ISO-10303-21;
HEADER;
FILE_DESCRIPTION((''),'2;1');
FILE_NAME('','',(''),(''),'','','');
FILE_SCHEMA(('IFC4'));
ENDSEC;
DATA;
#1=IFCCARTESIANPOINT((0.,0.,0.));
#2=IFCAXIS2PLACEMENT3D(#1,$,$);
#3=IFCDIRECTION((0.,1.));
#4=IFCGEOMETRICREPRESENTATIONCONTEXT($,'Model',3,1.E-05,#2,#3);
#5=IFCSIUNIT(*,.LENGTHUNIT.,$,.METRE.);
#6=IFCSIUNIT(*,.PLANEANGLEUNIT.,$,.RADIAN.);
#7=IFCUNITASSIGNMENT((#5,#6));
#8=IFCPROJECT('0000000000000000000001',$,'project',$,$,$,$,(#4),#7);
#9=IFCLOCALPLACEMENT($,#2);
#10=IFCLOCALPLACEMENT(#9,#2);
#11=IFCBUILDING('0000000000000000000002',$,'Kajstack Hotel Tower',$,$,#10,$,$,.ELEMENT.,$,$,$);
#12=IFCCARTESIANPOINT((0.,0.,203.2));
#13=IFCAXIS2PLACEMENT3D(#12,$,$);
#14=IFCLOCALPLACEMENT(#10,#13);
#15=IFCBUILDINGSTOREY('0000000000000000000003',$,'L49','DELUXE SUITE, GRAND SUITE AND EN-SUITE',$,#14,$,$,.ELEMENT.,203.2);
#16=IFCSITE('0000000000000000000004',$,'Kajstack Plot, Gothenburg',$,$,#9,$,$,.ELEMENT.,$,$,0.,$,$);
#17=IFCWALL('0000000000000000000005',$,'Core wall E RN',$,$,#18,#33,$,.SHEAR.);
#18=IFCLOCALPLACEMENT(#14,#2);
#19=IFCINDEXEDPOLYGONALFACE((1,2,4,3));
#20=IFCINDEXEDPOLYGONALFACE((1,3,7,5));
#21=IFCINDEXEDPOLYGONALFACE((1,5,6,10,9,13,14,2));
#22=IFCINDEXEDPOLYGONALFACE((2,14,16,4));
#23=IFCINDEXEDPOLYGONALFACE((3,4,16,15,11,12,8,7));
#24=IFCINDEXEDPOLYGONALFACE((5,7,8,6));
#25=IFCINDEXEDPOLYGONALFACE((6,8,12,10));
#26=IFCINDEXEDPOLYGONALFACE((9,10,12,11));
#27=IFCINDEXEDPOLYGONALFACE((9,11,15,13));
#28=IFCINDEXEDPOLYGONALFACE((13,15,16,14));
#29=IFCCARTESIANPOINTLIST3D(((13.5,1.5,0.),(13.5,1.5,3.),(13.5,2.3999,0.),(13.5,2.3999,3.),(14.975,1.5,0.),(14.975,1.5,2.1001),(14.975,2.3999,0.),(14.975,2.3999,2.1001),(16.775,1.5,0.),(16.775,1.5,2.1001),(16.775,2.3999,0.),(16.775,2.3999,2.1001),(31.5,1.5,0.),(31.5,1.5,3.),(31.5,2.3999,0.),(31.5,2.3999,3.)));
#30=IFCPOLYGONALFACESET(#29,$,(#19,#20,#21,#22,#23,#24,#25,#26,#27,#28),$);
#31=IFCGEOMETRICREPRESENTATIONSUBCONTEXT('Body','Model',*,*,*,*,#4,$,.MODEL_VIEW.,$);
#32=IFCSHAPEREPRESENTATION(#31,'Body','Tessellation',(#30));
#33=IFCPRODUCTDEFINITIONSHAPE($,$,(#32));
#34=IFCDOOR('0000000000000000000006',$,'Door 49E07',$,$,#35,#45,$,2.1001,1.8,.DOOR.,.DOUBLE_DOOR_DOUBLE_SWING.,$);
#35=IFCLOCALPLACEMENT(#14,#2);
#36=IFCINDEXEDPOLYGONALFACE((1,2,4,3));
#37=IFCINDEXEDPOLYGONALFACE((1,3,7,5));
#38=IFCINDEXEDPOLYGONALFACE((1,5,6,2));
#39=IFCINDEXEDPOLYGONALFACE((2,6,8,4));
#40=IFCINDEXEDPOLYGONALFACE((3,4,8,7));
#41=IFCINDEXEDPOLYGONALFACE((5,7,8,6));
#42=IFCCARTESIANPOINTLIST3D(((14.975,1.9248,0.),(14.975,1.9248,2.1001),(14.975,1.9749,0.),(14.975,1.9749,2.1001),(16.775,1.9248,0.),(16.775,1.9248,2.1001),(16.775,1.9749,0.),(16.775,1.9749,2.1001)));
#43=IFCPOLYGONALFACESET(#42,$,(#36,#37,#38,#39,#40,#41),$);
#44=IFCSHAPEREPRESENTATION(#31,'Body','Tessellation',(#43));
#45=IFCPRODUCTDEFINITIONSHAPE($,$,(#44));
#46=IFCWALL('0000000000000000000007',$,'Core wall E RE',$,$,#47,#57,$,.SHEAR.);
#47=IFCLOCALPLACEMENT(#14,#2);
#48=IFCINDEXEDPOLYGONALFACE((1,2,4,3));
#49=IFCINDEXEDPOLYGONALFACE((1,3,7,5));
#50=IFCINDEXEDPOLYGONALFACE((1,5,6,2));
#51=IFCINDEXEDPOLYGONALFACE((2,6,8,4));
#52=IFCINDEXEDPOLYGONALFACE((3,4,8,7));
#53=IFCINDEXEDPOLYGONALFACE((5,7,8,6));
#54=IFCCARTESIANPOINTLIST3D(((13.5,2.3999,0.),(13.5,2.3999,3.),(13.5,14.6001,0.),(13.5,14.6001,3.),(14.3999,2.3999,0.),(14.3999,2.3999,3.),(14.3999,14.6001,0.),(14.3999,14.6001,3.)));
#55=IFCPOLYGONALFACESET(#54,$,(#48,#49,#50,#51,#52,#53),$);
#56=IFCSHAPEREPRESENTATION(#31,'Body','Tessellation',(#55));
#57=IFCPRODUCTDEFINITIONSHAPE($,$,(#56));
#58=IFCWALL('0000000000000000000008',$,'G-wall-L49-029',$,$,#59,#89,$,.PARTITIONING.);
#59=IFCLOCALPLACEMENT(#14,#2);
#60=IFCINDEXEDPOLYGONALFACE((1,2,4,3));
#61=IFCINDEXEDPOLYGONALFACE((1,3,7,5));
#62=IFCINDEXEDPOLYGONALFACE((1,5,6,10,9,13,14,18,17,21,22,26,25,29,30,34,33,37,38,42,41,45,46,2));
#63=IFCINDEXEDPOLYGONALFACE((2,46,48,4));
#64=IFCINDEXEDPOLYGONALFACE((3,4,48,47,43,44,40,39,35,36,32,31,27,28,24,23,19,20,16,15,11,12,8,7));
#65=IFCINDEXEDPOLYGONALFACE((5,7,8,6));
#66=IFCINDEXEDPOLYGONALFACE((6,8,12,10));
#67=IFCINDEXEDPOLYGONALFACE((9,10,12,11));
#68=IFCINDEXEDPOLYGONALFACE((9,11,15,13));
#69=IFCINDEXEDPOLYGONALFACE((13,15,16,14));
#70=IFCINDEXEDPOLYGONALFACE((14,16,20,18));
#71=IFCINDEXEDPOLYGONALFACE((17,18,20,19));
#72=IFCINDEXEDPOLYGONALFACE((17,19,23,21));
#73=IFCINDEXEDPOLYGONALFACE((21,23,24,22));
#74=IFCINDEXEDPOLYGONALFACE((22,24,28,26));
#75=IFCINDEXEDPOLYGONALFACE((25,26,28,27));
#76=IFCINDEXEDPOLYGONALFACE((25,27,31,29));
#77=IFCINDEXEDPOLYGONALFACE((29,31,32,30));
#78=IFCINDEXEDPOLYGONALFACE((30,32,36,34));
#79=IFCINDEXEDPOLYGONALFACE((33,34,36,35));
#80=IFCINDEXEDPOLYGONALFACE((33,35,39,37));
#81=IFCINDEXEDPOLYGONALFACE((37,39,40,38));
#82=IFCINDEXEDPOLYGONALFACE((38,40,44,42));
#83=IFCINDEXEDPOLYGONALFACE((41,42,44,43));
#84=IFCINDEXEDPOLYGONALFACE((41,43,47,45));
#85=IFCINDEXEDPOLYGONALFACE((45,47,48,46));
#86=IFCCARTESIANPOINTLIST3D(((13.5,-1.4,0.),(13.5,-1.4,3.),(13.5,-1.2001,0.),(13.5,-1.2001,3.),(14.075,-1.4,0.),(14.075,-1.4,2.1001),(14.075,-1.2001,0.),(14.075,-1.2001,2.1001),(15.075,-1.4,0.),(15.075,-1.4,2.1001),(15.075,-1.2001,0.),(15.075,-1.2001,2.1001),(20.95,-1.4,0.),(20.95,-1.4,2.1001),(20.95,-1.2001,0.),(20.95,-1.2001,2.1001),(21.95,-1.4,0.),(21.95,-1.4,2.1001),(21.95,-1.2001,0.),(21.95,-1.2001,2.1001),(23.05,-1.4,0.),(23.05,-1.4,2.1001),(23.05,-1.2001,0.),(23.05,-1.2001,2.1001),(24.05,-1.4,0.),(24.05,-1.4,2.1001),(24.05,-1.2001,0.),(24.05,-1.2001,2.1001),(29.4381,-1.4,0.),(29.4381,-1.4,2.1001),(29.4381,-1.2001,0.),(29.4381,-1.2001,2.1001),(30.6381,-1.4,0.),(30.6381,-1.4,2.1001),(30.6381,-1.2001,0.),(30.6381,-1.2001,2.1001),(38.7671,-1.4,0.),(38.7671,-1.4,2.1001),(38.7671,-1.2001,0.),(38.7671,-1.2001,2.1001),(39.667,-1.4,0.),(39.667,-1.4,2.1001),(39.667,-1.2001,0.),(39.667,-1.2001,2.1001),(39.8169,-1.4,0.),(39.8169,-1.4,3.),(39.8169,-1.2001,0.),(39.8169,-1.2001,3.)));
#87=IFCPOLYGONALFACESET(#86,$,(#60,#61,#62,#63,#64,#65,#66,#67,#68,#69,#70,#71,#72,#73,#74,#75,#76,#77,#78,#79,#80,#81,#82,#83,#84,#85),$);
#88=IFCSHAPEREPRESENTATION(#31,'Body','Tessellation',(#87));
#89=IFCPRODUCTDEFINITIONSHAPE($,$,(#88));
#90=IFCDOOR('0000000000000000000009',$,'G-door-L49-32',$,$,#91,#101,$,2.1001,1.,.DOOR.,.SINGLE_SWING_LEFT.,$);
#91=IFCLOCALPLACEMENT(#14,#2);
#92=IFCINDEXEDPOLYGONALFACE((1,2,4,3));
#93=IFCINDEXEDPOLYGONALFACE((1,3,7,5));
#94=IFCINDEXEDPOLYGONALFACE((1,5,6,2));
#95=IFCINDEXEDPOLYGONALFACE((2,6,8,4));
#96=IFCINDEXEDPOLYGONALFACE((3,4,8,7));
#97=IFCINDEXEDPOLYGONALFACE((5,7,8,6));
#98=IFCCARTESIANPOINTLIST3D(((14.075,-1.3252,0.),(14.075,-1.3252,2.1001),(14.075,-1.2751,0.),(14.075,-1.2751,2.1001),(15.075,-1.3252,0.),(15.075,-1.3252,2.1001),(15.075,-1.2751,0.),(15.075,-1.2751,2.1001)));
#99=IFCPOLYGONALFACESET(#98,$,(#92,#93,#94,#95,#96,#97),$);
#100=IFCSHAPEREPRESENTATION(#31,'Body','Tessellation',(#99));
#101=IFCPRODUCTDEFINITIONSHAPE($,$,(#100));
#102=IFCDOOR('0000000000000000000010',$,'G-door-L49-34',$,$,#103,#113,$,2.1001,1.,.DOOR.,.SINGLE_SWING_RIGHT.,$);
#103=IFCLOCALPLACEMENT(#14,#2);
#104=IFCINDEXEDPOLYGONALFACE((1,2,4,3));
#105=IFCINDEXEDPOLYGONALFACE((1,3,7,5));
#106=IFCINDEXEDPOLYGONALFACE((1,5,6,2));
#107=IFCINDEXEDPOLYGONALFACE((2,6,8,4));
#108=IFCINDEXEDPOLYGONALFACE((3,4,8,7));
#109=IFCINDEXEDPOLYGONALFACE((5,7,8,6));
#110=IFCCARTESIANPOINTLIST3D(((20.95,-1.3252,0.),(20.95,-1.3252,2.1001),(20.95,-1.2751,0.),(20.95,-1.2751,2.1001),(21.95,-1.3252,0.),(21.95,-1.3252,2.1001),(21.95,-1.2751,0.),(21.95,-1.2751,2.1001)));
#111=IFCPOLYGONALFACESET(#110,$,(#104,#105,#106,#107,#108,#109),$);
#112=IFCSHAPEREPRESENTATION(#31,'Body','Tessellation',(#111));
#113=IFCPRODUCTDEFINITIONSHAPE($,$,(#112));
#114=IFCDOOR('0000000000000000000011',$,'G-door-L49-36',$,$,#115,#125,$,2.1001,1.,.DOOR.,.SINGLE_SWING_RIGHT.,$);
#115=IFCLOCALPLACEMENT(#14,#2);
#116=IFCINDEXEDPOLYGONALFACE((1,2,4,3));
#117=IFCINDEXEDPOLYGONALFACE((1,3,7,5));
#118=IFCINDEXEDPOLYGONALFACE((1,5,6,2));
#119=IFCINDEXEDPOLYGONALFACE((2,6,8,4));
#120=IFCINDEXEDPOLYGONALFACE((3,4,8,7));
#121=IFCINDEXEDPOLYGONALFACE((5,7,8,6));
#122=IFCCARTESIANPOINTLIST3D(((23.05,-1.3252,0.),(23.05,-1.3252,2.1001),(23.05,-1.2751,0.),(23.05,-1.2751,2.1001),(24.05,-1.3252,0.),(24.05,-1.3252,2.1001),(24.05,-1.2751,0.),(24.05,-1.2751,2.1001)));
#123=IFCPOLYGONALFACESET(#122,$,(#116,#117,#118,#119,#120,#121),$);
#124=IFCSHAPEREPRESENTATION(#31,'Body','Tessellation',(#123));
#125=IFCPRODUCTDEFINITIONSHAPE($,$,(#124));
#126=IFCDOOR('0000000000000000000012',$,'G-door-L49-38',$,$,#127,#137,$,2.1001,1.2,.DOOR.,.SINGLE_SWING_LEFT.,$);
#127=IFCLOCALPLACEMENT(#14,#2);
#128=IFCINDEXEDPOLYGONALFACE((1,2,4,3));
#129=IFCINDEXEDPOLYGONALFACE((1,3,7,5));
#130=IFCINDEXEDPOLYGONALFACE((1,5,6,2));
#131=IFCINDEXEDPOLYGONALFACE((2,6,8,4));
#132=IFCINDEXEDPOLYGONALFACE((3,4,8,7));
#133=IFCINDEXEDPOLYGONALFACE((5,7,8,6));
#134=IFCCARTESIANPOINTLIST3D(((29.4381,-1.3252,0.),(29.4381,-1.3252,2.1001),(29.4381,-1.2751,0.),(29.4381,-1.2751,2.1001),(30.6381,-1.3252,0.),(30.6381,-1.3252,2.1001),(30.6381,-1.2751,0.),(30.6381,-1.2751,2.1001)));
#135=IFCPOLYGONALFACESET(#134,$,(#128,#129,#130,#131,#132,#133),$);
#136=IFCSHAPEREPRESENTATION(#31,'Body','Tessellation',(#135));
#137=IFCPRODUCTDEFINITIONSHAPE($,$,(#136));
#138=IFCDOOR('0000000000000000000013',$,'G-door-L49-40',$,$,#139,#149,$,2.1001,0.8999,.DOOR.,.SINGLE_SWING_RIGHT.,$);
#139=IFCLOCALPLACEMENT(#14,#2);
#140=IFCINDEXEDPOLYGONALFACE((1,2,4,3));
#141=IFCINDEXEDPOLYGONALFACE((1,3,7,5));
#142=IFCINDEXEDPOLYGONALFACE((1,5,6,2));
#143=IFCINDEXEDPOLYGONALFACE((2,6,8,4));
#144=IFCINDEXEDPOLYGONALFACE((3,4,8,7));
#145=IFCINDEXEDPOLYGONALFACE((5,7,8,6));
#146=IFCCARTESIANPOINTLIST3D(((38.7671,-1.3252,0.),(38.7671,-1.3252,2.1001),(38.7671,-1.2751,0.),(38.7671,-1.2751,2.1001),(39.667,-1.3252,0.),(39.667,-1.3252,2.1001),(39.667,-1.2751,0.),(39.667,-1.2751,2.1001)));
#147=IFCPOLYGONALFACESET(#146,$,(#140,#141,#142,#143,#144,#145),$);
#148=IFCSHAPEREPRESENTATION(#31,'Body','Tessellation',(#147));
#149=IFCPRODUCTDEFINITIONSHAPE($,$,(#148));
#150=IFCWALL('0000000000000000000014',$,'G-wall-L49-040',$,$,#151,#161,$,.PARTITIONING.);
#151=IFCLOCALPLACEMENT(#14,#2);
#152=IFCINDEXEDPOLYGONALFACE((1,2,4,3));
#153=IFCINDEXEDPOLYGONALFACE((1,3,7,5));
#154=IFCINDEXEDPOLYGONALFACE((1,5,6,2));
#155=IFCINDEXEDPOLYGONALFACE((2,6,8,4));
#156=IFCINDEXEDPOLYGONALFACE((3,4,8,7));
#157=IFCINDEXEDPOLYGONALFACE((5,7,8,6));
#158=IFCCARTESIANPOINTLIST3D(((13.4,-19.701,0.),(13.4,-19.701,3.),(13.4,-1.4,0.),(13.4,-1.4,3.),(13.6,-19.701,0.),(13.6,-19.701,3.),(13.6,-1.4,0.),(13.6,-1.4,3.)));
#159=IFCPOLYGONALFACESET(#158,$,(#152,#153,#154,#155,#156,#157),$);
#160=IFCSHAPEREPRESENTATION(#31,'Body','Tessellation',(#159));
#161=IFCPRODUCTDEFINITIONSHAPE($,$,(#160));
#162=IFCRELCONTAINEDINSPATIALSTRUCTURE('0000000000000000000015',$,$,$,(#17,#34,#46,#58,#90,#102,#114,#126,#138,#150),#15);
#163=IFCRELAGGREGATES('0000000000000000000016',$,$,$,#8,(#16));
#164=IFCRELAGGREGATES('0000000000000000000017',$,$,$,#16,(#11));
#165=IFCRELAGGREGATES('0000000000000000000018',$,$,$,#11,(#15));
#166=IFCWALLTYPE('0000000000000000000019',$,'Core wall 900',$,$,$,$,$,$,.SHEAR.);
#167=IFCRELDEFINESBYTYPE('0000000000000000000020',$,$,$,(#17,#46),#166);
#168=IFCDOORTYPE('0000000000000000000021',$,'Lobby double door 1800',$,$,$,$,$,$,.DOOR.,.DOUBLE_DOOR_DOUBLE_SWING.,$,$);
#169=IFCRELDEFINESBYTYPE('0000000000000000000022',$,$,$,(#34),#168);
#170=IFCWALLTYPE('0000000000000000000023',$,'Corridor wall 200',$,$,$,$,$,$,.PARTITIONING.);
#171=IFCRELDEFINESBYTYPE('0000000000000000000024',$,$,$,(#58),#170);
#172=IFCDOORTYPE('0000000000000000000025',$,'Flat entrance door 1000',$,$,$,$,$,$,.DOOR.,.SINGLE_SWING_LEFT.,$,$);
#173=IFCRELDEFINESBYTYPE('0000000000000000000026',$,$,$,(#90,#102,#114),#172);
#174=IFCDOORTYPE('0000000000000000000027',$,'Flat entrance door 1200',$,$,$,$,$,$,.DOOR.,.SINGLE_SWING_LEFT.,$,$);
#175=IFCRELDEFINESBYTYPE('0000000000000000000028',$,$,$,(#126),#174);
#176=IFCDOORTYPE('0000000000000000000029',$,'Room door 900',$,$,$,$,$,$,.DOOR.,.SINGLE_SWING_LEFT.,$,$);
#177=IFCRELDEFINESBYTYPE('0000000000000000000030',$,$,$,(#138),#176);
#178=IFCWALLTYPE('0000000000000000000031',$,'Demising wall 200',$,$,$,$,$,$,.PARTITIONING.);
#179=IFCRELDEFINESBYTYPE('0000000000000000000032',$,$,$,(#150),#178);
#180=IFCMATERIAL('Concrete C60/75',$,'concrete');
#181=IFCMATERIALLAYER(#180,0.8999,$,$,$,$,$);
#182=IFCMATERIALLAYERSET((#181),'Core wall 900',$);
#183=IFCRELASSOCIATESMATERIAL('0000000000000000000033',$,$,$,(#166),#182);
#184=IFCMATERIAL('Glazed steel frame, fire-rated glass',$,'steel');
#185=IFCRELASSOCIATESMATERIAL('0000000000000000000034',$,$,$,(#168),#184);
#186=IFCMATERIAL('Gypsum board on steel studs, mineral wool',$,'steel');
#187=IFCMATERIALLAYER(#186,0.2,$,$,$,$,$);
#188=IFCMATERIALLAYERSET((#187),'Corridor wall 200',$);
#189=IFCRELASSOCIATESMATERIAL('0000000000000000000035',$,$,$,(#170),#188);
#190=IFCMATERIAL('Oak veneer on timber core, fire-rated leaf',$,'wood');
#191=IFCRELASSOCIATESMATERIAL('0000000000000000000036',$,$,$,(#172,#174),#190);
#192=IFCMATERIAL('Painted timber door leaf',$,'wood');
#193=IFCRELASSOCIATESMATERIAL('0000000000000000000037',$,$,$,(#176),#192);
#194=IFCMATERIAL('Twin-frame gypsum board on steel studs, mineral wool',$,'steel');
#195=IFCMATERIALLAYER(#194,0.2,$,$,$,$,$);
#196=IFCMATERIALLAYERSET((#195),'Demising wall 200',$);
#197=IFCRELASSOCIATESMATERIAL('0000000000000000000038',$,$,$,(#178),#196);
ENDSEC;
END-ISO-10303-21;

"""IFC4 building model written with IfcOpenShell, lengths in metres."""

from ifc_helpers import new_model, si_unit, direction, frame, frame_2d, origin, place, context, subcontext, project, spatial, rectangle, extrude, material, layer, layer_set, type_object, element, fill, save


model = new_model("IFC4")

# Units and contexts
model_context = context("Model", 3, precision=1e-05, world=origin(), true_north=direction((0.0, 1.0)))
body_context = subcontext(model_context, "Body", "Model", "MODEL_VIEW")
ifc_project = project(units=[si_unit("LENGTHUNIT", "METRE"), si_unit("PLANEANGLEUNIT", "RADIAN")], contexts=[model_context])

# Site, building, storey
site_placement = place(None, origin())
site = spatial("IfcSite", under=ifc_project, at=site_placement, Name="Kajstack Plot, Gothenburg", CompositionType="ELEMENT", RefElevation=0.0)
building_placement = place(site_placement, origin())
building = spatial("IfcBuilding", under=site, at=building_placement, Name="Kajstack Hotel Tower", CompositionType="ELEMENT")
storey_placement = place(building_placement, frame((0.0, 0.0, 203.2)))
storey = spatial("IfcBuildingStorey", under=building, at=storey_placement, Name="L49", Description="DELUXE SUITE, GRAND SUITE AND EN-SUITE", CompositionType="ELEMENT", Elevation=203.2)

# Wall, opening, door
ifc_material_1 = material(Name="Concrete C60/75", Category="concrete")
ifc_layer_1 = layer(ifc_material_1, 0.8999)
ifc_layer_set_1 = layer_set([ifc_layer_1], Name="Core wall 900")
wall_type_1 = type_object("IfcWallType", Name="Core wall 900", PredefinedType="SHEAR", material=ifc_layer_set_1)
wall_1_placement = place(storey_placement, frame((13.5, 1.95, 0.0), z_axis=(0.0, 0.0, 1.0), x_axis=(1.0, 0.0, 0.0)))
wall_1 = element("IfcWall", 1, at=wall_1_placement, inside=storey, type_object=wall_type_1, Name="Core wall E RN", PredefinedType="SHEAR", context=body_context, shape_type="SweptSolid", body=[
    extrude(rectangle(XDim=18.0, YDim=0.8999, at=frame_2d((9.0, 0.0))), origin(), (0.0, 0.0, 1.0), 3.0),
])
opening_1_placement = place(wall_1_placement, frame((1.4751, 0.0, 0.0)))
opening_1 = element("IfcOpeningElement", 2, at=opening_1_placement, cuts=wall_1, PredefinedType="OPENING", context=body_context, shape_type="SweptSolid", body=[
    extrude(rectangle(XDim=1.8, YDim=2.1001, at=frame_2d((0.8999, 1.05))), frame((0.0, 0.46, 0.0), z_axis=(0.0, -1.0, 0.0), x_axis=(1.0, 0.0, 0.0)), (0.0, 0.0, 1.0), 0.9199),
])
ifc_material_2 = material(Name="Glazed steel frame, fire-rated glass", Category="steel")
door_type_1 = type_object("IfcDoorType", Name="Lobby double door 1800", OperationType="DOUBLE_DOOR_DOUBLE_SWING", PredefinedType="DOOR", material=ifc_material_2)
door_1_placement = place(opening_1_placement, origin())
door_1 = element("IfcDoor", 3, at=door_1_placement, inside=storey, type_object=door_type_1, Name="Door 49E07", OperationType="DOUBLE_DOOR_DOUBLE_SWING", OverallHeight=2.1001, OverallWidth=1.8, PredefinedType="DOOR", context=body_context, shape_type="SweptSolid", body=[
    extrude(rectangle(XDim=1.8, YDim=2.1001, at=frame_2d((0.8999, 1.05))), frame((0.0, 0.0249, 0.0), z_axis=(0.0, -1.0, 0.0), x_axis=(1.0, 0.0, 0.0)), (0.0, 0.0, 1.0), 0.05),
])
fill(opening_1, door_1)

# Wall
wall_2_placement = place(storey_placement, frame((13.95, 2.3999, 0.0), z_axis=(0.0, 0.0, 1.0), x_axis=(0.0, 1.0, 0.0)))
element("IfcWall", 4, at=wall_2_placement, inside=storey, type_object=wall_type_1, Name="Core wall E RE", PredefinedType="SHEAR", context=body_context, shape_type="SweptSolid", body=[
    extrude(rectangle(XDim=12.2002, YDim=0.8999, at=frame_2d((6.1001, 0.0))), origin(), (0.0, 0.0, 1.0), 3.0),
])

# Wall, openings, doors
ifc_material_3 = material(Name="Gypsum board on steel studs, mineral wool", Category="steel")
ifc_layer_2 = layer(ifc_material_3, 0.2)
ifc_layer_set_2 = layer_set([ifc_layer_2], Name="Corridor wall 200")
wall_type_2 = type_object("IfcWallType", Name="Corridor wall 200", PredefinedType="PARTITIONING", material=ifc_layer_set_2)
wall_3_placement = place(storey_placement, frame((13.5, -1.3, 0.0), z_axis=(0.0, 0.0, 1.0), x_axis=(1.0, 0.0, 0.0)))
wall_3 = element("IfcWall", 5, at=wall_3_placement, inside=storey, type_object=wall_type_2, Name="G-wall-L49-029", PredefinedType="PARTITIONING", context=body_context, shape_type="SweptSolid", body=[
    extrude(rectangle(XDim=26.3169, YDim=0.2, at=frame_2d((13.1584, 0.0))), origin(), (0.0, 0.0, 1.0), 3.0),
])
opening_2_placement = place(wall_3_placement, frame((0.575, 0.0, 0.0)))
opening_2 = element("IfcOpeningElement", 6, at=opening_2_placement, cuts=wall_3, PredefinedType="OPENING", context=body_context, shape_type="SweptSolid", body=[
    extrude(rectangle(XDim=1.0, YDim=2.1001, at=frame_2d((0.5, 1.05))), frame((0.0, 0.1099, 0.0), z_axis=(0.0, -1.0, 0.0), x_axis=(1.0, 0.0, 0.0)), (0.0, 0.0, 1.0), 0.22),
])
opening_3_placement = place(wall_3_placement, frame((7.45, 0.0, 0.0)))
opening_3 = element("IfcOpeningElement", 7, at=opening_3_placement, cuts=wall_3, PredefinedType="OPENING", context=body_context, shape_type="SweptSolid", body=[
    extrude(rectangle(XDim=1.0, YDim=2.1001, at=frame_2d((0.5, 1.05))), frame((0.0, 0.1099, 0.0), z_axis=(0.0, -1.0, 0.0), x_axis=(1.0, 0.0, 0.0)), (0.0, 0.0, 1.0), 0.22),
])
opening_4_placement = place(wall_3_placement, frame((9.55, 0.0, 0.0)))
opening_4 = element("IfcOpeningElement", 8, at=opening_4_placement, cuts=wall_3, PredefinedType="OPENING", context=body_context, shape_type="SweptSolid", body=[
    extrude(rectangle(XDim=1.0, YDim=2.1001, at=frame_2d((0.5, 1.05))), frame((0.0, 0.1099, 0.0), z_axis=(0.0, -1.0, 0.0), x_axis=(1.0, 0.0, 0.0)), (0.0, 0.0, 1.0), 0.22),
])
opening_5_placement = place(wall_3_placement, frame((15.938, 0.0, 0.0)))
opening_5 = element("IfcOpeningElement", 9, at=opening_5_placement, cuts=wall_3, PredefinedType="OPENING", context=body_context, shape_type="SweptSolid", body=[
    extrude(rectangle(XDim=1.2, YDim=2.1001, at=frame_2d((0.6001, 1.05))), frame((0.0, 0.1099, 0.0), z_axis=(0.0, -1.0, 0.0), x_axis=(1.0, 0.0, 0.0)), (0.0, 0.0, 1.0), 0.22),
])
opening_6_placement = place(wall_3_placement, frame((25.2671, 0.0, 0.0)))
opening_6 = element("IfcOpeningElement", 10, at=opening_6_placement, cuts=wall_3, PredefinedType="OPENING", context=body_context, shape_type="SweptSolid", body=[
    extrude(rectangle(XDim=0.8999, YDim=2.1001, at=frame_2d((0.45, 1.05))), frame((0.0, 0.1099, 0.0), z_axis=(0.0, -1.0, 0.0), x_axis=(1.0, 0.0, 0.0)), (0.0, 0.0, 1.0), 0.22),
])
ifc_material_4 = material(Name="Oak veneer on timber core, fire-rated leaf", Category="wood")
door_type_2 = type_object("IfcDoorType", Name="Flat entrance door 1000", OperationType="SINGLE_SWING_LEFT", PredefinedType="DOOR", material=ifc_material_4)
door_2_placement = place(opening_2_placement, origin())
door_2 = element("IfcDoor", 11, at=door_2_placement, inside=storey, type_object=door_type_2, Name="G-door-L49-32", OperationType="SINGLE_SWING_LEFT", OverallHeight=2.1001, OverallWidth=1.0, PredefinedType="DOOR", context=body_context, shape_type="SweptSolid", body=[
    extrude(rectangle(XDim=1.0, YDim=2.1001, at=frame_2d((0.5, 1.05))), frame((0.0, 0.0249, 0.0), z_axis=(0.0, -1.0, 0.0), x_axis=(1.0, 0.0, 0.0)), (0.0, 0.0, 1.0), 0.05),
])
fill(opening_2, door_2)
door_3_placement = place(opening_3_placement, origin())
door_3 = element("IfcDoor", 12, at=door_3_placement, inside=storey, type_object=door_type_2, Name="G-door-L49-34", OperationType="SINGLE_SWING_RIGHT", OverallHeight=2.1001, OverallWidth=1.0, PredefinedType="DOOR", context=body_context, shape_type="SweptSolid", body=[
    extrude(rectangle(XDim=1.0, YDim=2.1001, at=frame_2d((0.5, 1.05))), frame((0.0, 0.0249, 0.0), z_axis=(0.0, -1.0, 0.0), x_axis=(1.0, 0.0, 0.0)), (0.0, 0.0, 1.0), 0.05),
])
fill(opening_3, door_3)
door_4_placement = place(opening_4_placement, origin())
door_4 = element("IfcDoor", 13, at=door_4_placement, inside=storey, type_object=door_type_2, Name="G-door-L49-36", OperationType="SINGLE_SWING_RIGHT", OverallHeight=2.1001, OverallWidth=1.0, PredefinedType="DOOR", context=body_context, shape_type="SweptSolid", body=[
    extrude(rectangle(XDim=1.0, YDim=2.1001, at=frame_2d((0.5, 1.05))), frame((0.0, 0.0249, 0.0), z_axis=(0.0, -1.0, 0.0), x_axis=(1.0, 0.0, 0.0)), (0.0, 0.0, 1.0), 0.05),
])
fill(opening_4, door_4)
door_type_3 = type_object("IfcDoorType", Name="Flat entrance door 1200", OperationType="SINGLE_SWING_LEFT", PredefinedType="DOOR", material=ifc_material_4)
door_5_placement = place(opening_5_placement, origin())
door_5 = element("IfcDoor", 14, at=door_5_placement, inside=storey, type_object=door_type_3, Name="G-door-L49-38", OperationType="SINGLE_SWING_LEFT", OverallHeight=2.1001, OverallWidth=1.2, PredefinedType="DOOR", context=body_context, shape_type="SweptSolid", body=[
    extrude(rectangle(XDim=1.2, YDim=2.1001, at=frame_2d((0.6001, 1.05))), frame((0.0, 0.0249, 0.0), z_axis=(0.0, -1.0, 0.0), x_axis=(1.0, 0.0, 0.0)), (0.0, 0.0, 1.0), 0.05),
])
fill(opening_5, door_5)
ifc_material_5 = material(Name="Painted timber door leaf", Category="wood")
door_type_4 = type_object("IfcDoorType", Name="Room door 900", OperationType="SINGLE_SWING_LEFT", PredefinedType="DOOR", material=ifc_material_5)
door_6_placement = place(opening_6_placement, origin())
door_6 = element("IfcDoor", 15, at=door_6_placement, inside=storey, type_object=door_type_4, Name="G-door-L49-40", OperationType="SINGLE_SWING_RIGHT", OverallHeight=2.1001, OverallWidth=0.8999, PredefinedType="DOOR", context=body_context, shape_type="SweptSolid", body=[
    extrude(rectangle(XDim=0.8999, YDim=2.1001, at=frame_2d((0.45, 1.05))), frame((0.0, 0.0249, 0.0), z_axis=(0.0, -1.0, 0.0), x_axis=(1.0, 0.0, 0.0)), (0.0, 0.0, 1.0), 0.05),
])
fill(opening_6, door_6)

# Wall
ifc_material_6 = material(Name="Twin-frame gypsum board on steel studs, mineral wool", Category="steel")
ifc_layer_3 = layer(ifc_material_6, 0.2)
ifc_layer_set_3 = layer_set([ifc_layer_3], Name="Demising wall 200")
wall_type_3 = type_object("IfcWallType", Name="Demising wall 200", PredefinedType="PARTITIONING", material=ifc_layer_set_3)
wall_4_placement = place(storey_placement, frame((13.5, -19.7009, 0.0), z_axis=(0.0, 0.0, 1.0), x_axis=(0.0, 1.0, 0.0)))
element("IfcWall", 16, at=wall_4_placement, inside=storey, type_object=wall_type_3, Name="G-wall-L49-040", PredefinedType="PARTITIONING", context=body_context, shape_type="SweptSolid", body=[
    extrude(rectangle(XDim=18.301, YDim=0.2, at=frame_2d((9.1504, 0.0))), origin(), (0.0, 0.0, 1.0), 3.0),
])

save(model, "model.ifc")
